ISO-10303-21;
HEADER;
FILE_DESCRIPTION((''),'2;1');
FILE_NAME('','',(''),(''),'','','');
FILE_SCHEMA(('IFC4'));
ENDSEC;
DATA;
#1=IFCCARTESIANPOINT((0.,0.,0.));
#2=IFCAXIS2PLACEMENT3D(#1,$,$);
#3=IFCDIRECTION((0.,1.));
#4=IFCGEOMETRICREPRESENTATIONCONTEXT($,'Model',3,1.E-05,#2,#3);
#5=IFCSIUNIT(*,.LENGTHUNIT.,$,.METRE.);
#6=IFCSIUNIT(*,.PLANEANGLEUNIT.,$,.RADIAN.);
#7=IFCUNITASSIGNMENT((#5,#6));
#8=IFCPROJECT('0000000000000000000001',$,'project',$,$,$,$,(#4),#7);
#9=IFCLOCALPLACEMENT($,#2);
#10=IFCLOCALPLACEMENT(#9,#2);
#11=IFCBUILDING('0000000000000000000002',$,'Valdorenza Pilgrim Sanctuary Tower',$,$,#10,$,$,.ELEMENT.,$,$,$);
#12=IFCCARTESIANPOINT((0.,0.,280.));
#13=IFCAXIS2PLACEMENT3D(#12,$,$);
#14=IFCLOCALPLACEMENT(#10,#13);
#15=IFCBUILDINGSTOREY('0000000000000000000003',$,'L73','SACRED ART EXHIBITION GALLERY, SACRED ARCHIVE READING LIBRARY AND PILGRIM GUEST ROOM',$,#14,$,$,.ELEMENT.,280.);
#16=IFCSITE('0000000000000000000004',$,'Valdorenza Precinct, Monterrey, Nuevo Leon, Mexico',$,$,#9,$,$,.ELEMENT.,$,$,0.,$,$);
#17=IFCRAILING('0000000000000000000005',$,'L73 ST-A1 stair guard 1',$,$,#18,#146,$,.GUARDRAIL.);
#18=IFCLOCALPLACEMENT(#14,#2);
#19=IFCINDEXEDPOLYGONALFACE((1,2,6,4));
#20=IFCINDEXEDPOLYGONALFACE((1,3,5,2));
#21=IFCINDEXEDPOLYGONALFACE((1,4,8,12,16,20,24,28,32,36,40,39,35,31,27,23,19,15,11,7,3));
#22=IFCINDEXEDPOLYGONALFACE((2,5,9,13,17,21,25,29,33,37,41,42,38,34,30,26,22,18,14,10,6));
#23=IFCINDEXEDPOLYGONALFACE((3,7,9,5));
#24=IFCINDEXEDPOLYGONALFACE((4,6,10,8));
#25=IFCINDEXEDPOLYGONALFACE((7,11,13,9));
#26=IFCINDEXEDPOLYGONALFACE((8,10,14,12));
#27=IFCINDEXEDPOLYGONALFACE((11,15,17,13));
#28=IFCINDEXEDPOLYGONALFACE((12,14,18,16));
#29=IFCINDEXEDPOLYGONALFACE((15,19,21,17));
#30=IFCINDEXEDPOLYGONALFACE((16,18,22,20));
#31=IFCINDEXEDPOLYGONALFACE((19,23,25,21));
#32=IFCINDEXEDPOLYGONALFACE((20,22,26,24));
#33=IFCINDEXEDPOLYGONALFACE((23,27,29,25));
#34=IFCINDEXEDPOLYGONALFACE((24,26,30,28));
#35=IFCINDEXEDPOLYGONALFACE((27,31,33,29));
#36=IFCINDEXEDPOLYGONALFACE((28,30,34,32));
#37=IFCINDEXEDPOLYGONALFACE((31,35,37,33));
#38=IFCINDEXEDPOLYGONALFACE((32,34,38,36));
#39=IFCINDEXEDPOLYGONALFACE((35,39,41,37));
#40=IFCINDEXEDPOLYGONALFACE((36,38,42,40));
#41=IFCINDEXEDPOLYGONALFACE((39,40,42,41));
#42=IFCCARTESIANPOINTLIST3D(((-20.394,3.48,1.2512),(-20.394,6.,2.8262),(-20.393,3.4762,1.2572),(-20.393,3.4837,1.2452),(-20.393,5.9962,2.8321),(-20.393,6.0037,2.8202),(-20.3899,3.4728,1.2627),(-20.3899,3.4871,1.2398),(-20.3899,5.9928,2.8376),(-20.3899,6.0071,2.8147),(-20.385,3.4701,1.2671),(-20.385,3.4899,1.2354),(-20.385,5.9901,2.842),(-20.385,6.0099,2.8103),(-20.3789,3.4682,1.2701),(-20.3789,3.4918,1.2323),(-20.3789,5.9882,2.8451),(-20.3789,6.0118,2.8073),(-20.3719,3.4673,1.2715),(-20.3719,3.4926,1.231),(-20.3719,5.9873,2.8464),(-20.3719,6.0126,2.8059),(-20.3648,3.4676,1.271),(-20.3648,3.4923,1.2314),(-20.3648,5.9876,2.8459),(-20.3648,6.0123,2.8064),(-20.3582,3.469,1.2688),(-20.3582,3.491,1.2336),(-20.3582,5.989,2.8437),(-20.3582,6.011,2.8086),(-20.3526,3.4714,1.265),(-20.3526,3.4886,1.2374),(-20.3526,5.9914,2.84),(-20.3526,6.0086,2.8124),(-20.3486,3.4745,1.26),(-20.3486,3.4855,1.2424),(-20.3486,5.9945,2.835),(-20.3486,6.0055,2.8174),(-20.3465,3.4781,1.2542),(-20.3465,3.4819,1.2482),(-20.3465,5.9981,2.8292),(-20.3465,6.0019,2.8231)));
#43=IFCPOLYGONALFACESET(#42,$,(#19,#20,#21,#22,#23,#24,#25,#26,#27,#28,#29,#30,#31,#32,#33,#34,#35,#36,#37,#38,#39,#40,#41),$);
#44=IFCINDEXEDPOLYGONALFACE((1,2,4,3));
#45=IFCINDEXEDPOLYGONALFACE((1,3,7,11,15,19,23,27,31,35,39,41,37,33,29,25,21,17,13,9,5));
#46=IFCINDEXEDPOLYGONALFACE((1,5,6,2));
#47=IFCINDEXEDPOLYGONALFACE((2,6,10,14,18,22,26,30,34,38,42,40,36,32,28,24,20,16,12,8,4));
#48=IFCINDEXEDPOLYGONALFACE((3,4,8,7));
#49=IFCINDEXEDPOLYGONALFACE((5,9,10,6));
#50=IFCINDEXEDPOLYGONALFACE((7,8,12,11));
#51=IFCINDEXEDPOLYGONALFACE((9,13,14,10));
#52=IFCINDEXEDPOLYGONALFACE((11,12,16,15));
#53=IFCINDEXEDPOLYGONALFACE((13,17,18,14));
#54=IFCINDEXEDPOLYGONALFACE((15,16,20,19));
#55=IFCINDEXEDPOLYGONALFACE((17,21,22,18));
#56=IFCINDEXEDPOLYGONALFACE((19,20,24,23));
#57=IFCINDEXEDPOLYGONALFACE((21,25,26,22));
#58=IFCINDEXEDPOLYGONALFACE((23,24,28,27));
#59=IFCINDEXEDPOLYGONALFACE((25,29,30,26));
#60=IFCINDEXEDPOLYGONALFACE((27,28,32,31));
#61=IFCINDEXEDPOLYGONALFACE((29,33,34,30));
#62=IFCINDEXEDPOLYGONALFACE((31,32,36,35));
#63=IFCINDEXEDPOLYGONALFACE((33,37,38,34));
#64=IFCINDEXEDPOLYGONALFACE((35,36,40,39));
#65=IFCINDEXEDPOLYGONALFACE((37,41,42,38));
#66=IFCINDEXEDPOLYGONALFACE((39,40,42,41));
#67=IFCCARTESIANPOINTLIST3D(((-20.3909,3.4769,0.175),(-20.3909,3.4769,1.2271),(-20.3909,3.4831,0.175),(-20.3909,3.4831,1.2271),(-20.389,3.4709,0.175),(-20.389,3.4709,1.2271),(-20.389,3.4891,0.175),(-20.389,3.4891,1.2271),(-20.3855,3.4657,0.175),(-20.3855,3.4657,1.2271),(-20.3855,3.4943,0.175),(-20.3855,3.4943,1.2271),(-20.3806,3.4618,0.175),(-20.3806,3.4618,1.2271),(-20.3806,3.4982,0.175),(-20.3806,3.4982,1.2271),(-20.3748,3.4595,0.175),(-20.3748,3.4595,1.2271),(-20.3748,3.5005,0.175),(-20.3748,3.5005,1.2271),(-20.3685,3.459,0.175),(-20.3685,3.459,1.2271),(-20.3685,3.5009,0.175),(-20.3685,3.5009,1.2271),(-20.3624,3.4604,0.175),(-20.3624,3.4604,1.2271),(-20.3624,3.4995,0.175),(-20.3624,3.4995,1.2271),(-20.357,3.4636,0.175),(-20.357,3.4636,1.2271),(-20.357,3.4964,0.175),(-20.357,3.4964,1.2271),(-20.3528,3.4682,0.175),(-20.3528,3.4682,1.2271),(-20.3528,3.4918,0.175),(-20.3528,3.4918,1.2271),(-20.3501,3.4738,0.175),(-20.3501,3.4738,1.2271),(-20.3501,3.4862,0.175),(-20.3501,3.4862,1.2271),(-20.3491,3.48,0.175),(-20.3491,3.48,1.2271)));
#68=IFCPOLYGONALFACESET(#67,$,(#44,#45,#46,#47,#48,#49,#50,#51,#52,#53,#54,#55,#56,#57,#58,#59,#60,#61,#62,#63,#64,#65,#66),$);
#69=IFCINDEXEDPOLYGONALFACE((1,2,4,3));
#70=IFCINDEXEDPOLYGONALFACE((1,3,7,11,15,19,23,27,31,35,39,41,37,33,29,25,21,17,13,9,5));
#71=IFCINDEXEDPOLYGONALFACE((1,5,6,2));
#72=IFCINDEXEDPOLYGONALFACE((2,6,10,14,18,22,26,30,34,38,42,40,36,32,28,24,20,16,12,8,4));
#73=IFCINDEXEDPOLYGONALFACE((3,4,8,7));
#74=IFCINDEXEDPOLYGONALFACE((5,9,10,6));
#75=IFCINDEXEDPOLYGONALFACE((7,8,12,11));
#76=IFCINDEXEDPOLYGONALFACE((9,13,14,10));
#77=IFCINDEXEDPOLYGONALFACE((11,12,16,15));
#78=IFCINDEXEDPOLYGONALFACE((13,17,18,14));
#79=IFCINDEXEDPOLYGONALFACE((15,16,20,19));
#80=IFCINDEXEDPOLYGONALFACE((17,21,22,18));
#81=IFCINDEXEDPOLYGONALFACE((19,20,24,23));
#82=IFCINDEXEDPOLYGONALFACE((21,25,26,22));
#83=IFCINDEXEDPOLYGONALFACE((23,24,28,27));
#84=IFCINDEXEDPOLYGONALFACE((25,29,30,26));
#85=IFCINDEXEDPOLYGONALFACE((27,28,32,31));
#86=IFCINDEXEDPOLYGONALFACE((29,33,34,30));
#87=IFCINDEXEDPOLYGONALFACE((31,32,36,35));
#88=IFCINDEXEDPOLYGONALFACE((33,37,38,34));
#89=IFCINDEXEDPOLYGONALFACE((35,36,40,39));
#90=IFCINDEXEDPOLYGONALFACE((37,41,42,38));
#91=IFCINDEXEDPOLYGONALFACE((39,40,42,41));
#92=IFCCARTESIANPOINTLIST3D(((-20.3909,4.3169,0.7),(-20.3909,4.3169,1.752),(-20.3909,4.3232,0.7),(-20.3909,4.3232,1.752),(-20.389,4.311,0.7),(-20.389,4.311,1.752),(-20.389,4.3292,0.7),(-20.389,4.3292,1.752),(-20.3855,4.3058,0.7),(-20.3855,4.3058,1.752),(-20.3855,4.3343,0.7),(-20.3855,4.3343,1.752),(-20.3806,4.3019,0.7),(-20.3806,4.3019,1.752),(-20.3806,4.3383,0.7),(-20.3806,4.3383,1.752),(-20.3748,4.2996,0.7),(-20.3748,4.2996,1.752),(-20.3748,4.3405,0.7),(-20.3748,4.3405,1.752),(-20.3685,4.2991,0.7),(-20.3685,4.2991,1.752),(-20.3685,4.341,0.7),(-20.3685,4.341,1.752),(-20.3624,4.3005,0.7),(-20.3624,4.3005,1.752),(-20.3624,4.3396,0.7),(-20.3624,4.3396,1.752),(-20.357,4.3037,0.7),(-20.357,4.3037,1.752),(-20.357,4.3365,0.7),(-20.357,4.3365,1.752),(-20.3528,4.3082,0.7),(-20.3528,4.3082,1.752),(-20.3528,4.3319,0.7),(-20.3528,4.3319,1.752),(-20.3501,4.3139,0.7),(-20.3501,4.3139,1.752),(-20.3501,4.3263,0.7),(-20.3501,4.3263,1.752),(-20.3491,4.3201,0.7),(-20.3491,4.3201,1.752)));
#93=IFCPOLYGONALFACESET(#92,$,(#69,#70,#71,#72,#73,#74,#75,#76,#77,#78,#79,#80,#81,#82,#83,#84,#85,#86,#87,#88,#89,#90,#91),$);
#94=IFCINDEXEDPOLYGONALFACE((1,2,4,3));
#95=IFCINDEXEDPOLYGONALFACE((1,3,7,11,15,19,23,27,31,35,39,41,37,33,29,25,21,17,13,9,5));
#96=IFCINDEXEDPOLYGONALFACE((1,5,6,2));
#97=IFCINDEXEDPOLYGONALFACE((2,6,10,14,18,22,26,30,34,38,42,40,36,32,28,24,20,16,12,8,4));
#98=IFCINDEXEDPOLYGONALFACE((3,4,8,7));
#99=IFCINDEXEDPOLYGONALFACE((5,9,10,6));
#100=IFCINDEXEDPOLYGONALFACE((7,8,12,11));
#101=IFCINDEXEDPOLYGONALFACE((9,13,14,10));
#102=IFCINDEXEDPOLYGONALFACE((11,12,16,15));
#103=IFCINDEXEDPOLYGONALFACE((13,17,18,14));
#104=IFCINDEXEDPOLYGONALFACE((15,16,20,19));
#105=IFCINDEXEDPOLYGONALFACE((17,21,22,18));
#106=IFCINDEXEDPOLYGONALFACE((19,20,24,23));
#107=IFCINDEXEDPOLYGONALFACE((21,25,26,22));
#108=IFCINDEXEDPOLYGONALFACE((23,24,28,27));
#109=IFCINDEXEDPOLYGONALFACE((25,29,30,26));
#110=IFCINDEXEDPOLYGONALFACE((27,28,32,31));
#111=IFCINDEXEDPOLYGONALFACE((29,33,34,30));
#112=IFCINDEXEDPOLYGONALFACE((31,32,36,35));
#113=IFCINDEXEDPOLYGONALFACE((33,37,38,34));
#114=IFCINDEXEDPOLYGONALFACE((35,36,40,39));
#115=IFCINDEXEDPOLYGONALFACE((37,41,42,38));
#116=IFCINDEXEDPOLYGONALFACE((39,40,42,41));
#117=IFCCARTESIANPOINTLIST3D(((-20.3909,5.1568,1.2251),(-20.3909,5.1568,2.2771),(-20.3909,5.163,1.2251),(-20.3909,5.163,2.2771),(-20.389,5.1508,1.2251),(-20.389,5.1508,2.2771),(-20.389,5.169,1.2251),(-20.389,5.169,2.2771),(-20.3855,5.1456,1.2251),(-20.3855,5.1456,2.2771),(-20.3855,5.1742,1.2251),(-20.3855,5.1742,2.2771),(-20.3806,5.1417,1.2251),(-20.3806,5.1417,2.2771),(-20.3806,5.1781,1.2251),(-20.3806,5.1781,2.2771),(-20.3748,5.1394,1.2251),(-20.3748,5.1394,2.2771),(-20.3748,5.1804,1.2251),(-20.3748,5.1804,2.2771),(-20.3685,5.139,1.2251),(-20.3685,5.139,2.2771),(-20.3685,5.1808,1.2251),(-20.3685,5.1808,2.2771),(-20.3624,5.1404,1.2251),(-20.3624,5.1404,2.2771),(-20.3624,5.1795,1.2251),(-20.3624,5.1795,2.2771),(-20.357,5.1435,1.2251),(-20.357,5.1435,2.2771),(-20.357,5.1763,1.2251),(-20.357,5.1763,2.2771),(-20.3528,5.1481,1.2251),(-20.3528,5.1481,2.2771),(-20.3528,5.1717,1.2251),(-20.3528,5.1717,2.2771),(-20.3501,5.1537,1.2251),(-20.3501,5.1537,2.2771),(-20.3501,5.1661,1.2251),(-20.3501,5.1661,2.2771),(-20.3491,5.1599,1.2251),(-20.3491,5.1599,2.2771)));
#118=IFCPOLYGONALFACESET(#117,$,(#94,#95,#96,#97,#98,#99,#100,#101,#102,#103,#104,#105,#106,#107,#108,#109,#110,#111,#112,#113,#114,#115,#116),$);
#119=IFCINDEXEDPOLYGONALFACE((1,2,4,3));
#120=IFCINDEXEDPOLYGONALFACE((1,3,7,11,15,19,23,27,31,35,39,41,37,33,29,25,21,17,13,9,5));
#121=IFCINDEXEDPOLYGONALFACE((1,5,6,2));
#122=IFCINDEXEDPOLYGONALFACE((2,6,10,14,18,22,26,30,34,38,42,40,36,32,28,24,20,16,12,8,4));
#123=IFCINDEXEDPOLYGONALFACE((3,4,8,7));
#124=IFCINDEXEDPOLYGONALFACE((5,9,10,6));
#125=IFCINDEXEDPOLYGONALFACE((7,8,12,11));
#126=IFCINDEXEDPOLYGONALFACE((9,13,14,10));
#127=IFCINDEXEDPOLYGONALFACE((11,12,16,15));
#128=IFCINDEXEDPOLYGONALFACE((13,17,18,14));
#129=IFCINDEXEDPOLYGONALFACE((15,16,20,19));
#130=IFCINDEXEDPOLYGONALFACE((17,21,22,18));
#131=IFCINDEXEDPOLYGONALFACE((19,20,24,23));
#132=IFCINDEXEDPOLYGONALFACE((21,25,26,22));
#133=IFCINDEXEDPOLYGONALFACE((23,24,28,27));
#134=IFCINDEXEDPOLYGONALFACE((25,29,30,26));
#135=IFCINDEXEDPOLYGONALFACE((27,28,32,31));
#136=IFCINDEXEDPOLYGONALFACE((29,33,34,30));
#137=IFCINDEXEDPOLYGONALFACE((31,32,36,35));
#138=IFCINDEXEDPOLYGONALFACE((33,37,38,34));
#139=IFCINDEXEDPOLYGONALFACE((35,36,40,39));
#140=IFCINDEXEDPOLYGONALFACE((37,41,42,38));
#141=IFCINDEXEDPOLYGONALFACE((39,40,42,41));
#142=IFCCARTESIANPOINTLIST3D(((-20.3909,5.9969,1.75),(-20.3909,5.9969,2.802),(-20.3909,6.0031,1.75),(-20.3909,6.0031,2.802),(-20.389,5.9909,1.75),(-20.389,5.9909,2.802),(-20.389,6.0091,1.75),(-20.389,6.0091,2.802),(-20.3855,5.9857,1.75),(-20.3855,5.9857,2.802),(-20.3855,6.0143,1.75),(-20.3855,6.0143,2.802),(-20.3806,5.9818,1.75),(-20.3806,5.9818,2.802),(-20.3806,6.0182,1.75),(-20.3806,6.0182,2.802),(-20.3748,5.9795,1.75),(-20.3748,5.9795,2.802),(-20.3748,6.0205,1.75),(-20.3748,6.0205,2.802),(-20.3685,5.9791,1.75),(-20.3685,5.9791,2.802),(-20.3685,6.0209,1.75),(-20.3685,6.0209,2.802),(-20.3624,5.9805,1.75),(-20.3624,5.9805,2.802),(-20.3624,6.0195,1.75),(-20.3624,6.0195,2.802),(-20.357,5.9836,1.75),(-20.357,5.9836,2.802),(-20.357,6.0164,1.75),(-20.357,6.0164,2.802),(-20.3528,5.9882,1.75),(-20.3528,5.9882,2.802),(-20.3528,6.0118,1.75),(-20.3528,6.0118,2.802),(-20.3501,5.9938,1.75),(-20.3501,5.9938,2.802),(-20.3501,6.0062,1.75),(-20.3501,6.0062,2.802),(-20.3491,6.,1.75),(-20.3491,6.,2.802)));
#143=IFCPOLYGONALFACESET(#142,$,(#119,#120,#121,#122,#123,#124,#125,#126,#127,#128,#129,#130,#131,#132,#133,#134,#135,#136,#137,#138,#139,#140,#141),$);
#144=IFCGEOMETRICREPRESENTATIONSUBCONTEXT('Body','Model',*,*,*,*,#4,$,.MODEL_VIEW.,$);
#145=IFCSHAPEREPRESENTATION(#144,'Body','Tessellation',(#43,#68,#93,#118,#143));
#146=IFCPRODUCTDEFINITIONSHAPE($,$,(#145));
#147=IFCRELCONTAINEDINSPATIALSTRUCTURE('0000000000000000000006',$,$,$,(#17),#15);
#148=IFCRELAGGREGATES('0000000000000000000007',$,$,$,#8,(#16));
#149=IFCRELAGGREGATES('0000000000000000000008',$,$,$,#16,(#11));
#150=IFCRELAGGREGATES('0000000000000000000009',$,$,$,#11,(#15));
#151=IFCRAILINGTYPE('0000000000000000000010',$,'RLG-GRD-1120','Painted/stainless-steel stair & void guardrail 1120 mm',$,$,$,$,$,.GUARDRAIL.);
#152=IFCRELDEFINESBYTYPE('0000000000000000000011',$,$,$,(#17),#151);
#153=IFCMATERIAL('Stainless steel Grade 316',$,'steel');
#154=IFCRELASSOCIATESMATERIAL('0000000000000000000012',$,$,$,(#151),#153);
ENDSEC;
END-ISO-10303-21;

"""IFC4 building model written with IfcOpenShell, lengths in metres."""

from ifc_helpers import new_model, si_unit, direction, frame, origin, origin_2d, place, context, subcontext, project, spatial, circle, extrude, material, type_object, element, save


model = new_model("IFC4")

# Units and contexts
model_context = context("Model", 3, precision=1e-05, world=origin(), true_north=direction((0.0, 1.0)))
body_context = subcontext(model_context, "Body", "Model", "MODEL_VIEW")
ifc_project = project(units=[si_unit("LENGTHUNIT", "METRE"), si_unit("PLANEANGLEUNIT", "RADIAN")], contexts=[model_context])

# Site, building, storey
site_placement = place(None, origin())
site = spatial("IfcSite", under=ifc_project, at=site_placement, Name="Valdorenza Precinct, Monterrey, Nuevo Leon, Mexico", CompositionType="ELEMENT", RefElevation=0.0)
building_placement = place(site_placement, origin())
building = spatial("IfcBuilding", under=site, at=building_placement, Name="Valdorenza Pilgrim Sanctuary Tower", CompositionType="ELEMENT")
storey_placement = place(building_placement, frame((0.0, 0.0, 280.0)))
storey = spatial("IfcBuildingStorey", under=building, at=storey_placement, Name="L73", Description="SACRED ART EXHIBITION GALLERY, SACRED ARCHIVE READING LIBRARY AND PILGRIM GUEST ROOM", CompositionType="ELEMENT", Elevation=280.0)

# Railing
ifc_material_1 = material(Name="Stainless steel Grade 316", Category="steel")
railing_type_1 = type_object("IfcRailingType", Name="RLG-GRD-1120", Description="Painted/stainless-steel stair & void guardrail 1120 mm", PredefinedType="GUARDRAIL", material=ifc_material_1)
railing_1_placement = place(storey_placement, frame((-20.3701, 3.48, 0.175)))
element("IfcRailing", 1, at=railing_1_placement, inside=storey, type_object=railing_type_1, Name="L73 ST-A1 stair guard 1", PredefinedType="GUARDRAIL", context=body_context, shape_type="SweptSolid", body=[
    extrude(circle(Radius=0.0239, at=origin_2d()), frame((0.0, 0.0, 1.0762), z_axis=(0.0, 0.848008, 0.529984), x_axis=(-1.0, 0.0, 0.0)), (0.0, 0.0, 1.0), 2.9717),
    extrude(circle(Radius=0.021, at=origin_2d()), origin(), (0.0, 0.0, 1.0), 1.052),
    extrude(circle(Radius=0.021, at=origin_2d()), frame((0.0, 0.8401, 0.5249)), (0.0, 0.0, 1.0), 1.052),
    extrude(circle(Radius=0.021, at=origin_2d()), frame((0.0, 1.6799, 1.05)), (0.0, 0.0, 1.0), 1.052),
    extrude(circle(Radius=0.021, at=origin_2d()), frame((0.0, 2.52, 1.575)), (0.0, 0.0, 1.0), 1.052),
])

save(model, "model.ifc")
